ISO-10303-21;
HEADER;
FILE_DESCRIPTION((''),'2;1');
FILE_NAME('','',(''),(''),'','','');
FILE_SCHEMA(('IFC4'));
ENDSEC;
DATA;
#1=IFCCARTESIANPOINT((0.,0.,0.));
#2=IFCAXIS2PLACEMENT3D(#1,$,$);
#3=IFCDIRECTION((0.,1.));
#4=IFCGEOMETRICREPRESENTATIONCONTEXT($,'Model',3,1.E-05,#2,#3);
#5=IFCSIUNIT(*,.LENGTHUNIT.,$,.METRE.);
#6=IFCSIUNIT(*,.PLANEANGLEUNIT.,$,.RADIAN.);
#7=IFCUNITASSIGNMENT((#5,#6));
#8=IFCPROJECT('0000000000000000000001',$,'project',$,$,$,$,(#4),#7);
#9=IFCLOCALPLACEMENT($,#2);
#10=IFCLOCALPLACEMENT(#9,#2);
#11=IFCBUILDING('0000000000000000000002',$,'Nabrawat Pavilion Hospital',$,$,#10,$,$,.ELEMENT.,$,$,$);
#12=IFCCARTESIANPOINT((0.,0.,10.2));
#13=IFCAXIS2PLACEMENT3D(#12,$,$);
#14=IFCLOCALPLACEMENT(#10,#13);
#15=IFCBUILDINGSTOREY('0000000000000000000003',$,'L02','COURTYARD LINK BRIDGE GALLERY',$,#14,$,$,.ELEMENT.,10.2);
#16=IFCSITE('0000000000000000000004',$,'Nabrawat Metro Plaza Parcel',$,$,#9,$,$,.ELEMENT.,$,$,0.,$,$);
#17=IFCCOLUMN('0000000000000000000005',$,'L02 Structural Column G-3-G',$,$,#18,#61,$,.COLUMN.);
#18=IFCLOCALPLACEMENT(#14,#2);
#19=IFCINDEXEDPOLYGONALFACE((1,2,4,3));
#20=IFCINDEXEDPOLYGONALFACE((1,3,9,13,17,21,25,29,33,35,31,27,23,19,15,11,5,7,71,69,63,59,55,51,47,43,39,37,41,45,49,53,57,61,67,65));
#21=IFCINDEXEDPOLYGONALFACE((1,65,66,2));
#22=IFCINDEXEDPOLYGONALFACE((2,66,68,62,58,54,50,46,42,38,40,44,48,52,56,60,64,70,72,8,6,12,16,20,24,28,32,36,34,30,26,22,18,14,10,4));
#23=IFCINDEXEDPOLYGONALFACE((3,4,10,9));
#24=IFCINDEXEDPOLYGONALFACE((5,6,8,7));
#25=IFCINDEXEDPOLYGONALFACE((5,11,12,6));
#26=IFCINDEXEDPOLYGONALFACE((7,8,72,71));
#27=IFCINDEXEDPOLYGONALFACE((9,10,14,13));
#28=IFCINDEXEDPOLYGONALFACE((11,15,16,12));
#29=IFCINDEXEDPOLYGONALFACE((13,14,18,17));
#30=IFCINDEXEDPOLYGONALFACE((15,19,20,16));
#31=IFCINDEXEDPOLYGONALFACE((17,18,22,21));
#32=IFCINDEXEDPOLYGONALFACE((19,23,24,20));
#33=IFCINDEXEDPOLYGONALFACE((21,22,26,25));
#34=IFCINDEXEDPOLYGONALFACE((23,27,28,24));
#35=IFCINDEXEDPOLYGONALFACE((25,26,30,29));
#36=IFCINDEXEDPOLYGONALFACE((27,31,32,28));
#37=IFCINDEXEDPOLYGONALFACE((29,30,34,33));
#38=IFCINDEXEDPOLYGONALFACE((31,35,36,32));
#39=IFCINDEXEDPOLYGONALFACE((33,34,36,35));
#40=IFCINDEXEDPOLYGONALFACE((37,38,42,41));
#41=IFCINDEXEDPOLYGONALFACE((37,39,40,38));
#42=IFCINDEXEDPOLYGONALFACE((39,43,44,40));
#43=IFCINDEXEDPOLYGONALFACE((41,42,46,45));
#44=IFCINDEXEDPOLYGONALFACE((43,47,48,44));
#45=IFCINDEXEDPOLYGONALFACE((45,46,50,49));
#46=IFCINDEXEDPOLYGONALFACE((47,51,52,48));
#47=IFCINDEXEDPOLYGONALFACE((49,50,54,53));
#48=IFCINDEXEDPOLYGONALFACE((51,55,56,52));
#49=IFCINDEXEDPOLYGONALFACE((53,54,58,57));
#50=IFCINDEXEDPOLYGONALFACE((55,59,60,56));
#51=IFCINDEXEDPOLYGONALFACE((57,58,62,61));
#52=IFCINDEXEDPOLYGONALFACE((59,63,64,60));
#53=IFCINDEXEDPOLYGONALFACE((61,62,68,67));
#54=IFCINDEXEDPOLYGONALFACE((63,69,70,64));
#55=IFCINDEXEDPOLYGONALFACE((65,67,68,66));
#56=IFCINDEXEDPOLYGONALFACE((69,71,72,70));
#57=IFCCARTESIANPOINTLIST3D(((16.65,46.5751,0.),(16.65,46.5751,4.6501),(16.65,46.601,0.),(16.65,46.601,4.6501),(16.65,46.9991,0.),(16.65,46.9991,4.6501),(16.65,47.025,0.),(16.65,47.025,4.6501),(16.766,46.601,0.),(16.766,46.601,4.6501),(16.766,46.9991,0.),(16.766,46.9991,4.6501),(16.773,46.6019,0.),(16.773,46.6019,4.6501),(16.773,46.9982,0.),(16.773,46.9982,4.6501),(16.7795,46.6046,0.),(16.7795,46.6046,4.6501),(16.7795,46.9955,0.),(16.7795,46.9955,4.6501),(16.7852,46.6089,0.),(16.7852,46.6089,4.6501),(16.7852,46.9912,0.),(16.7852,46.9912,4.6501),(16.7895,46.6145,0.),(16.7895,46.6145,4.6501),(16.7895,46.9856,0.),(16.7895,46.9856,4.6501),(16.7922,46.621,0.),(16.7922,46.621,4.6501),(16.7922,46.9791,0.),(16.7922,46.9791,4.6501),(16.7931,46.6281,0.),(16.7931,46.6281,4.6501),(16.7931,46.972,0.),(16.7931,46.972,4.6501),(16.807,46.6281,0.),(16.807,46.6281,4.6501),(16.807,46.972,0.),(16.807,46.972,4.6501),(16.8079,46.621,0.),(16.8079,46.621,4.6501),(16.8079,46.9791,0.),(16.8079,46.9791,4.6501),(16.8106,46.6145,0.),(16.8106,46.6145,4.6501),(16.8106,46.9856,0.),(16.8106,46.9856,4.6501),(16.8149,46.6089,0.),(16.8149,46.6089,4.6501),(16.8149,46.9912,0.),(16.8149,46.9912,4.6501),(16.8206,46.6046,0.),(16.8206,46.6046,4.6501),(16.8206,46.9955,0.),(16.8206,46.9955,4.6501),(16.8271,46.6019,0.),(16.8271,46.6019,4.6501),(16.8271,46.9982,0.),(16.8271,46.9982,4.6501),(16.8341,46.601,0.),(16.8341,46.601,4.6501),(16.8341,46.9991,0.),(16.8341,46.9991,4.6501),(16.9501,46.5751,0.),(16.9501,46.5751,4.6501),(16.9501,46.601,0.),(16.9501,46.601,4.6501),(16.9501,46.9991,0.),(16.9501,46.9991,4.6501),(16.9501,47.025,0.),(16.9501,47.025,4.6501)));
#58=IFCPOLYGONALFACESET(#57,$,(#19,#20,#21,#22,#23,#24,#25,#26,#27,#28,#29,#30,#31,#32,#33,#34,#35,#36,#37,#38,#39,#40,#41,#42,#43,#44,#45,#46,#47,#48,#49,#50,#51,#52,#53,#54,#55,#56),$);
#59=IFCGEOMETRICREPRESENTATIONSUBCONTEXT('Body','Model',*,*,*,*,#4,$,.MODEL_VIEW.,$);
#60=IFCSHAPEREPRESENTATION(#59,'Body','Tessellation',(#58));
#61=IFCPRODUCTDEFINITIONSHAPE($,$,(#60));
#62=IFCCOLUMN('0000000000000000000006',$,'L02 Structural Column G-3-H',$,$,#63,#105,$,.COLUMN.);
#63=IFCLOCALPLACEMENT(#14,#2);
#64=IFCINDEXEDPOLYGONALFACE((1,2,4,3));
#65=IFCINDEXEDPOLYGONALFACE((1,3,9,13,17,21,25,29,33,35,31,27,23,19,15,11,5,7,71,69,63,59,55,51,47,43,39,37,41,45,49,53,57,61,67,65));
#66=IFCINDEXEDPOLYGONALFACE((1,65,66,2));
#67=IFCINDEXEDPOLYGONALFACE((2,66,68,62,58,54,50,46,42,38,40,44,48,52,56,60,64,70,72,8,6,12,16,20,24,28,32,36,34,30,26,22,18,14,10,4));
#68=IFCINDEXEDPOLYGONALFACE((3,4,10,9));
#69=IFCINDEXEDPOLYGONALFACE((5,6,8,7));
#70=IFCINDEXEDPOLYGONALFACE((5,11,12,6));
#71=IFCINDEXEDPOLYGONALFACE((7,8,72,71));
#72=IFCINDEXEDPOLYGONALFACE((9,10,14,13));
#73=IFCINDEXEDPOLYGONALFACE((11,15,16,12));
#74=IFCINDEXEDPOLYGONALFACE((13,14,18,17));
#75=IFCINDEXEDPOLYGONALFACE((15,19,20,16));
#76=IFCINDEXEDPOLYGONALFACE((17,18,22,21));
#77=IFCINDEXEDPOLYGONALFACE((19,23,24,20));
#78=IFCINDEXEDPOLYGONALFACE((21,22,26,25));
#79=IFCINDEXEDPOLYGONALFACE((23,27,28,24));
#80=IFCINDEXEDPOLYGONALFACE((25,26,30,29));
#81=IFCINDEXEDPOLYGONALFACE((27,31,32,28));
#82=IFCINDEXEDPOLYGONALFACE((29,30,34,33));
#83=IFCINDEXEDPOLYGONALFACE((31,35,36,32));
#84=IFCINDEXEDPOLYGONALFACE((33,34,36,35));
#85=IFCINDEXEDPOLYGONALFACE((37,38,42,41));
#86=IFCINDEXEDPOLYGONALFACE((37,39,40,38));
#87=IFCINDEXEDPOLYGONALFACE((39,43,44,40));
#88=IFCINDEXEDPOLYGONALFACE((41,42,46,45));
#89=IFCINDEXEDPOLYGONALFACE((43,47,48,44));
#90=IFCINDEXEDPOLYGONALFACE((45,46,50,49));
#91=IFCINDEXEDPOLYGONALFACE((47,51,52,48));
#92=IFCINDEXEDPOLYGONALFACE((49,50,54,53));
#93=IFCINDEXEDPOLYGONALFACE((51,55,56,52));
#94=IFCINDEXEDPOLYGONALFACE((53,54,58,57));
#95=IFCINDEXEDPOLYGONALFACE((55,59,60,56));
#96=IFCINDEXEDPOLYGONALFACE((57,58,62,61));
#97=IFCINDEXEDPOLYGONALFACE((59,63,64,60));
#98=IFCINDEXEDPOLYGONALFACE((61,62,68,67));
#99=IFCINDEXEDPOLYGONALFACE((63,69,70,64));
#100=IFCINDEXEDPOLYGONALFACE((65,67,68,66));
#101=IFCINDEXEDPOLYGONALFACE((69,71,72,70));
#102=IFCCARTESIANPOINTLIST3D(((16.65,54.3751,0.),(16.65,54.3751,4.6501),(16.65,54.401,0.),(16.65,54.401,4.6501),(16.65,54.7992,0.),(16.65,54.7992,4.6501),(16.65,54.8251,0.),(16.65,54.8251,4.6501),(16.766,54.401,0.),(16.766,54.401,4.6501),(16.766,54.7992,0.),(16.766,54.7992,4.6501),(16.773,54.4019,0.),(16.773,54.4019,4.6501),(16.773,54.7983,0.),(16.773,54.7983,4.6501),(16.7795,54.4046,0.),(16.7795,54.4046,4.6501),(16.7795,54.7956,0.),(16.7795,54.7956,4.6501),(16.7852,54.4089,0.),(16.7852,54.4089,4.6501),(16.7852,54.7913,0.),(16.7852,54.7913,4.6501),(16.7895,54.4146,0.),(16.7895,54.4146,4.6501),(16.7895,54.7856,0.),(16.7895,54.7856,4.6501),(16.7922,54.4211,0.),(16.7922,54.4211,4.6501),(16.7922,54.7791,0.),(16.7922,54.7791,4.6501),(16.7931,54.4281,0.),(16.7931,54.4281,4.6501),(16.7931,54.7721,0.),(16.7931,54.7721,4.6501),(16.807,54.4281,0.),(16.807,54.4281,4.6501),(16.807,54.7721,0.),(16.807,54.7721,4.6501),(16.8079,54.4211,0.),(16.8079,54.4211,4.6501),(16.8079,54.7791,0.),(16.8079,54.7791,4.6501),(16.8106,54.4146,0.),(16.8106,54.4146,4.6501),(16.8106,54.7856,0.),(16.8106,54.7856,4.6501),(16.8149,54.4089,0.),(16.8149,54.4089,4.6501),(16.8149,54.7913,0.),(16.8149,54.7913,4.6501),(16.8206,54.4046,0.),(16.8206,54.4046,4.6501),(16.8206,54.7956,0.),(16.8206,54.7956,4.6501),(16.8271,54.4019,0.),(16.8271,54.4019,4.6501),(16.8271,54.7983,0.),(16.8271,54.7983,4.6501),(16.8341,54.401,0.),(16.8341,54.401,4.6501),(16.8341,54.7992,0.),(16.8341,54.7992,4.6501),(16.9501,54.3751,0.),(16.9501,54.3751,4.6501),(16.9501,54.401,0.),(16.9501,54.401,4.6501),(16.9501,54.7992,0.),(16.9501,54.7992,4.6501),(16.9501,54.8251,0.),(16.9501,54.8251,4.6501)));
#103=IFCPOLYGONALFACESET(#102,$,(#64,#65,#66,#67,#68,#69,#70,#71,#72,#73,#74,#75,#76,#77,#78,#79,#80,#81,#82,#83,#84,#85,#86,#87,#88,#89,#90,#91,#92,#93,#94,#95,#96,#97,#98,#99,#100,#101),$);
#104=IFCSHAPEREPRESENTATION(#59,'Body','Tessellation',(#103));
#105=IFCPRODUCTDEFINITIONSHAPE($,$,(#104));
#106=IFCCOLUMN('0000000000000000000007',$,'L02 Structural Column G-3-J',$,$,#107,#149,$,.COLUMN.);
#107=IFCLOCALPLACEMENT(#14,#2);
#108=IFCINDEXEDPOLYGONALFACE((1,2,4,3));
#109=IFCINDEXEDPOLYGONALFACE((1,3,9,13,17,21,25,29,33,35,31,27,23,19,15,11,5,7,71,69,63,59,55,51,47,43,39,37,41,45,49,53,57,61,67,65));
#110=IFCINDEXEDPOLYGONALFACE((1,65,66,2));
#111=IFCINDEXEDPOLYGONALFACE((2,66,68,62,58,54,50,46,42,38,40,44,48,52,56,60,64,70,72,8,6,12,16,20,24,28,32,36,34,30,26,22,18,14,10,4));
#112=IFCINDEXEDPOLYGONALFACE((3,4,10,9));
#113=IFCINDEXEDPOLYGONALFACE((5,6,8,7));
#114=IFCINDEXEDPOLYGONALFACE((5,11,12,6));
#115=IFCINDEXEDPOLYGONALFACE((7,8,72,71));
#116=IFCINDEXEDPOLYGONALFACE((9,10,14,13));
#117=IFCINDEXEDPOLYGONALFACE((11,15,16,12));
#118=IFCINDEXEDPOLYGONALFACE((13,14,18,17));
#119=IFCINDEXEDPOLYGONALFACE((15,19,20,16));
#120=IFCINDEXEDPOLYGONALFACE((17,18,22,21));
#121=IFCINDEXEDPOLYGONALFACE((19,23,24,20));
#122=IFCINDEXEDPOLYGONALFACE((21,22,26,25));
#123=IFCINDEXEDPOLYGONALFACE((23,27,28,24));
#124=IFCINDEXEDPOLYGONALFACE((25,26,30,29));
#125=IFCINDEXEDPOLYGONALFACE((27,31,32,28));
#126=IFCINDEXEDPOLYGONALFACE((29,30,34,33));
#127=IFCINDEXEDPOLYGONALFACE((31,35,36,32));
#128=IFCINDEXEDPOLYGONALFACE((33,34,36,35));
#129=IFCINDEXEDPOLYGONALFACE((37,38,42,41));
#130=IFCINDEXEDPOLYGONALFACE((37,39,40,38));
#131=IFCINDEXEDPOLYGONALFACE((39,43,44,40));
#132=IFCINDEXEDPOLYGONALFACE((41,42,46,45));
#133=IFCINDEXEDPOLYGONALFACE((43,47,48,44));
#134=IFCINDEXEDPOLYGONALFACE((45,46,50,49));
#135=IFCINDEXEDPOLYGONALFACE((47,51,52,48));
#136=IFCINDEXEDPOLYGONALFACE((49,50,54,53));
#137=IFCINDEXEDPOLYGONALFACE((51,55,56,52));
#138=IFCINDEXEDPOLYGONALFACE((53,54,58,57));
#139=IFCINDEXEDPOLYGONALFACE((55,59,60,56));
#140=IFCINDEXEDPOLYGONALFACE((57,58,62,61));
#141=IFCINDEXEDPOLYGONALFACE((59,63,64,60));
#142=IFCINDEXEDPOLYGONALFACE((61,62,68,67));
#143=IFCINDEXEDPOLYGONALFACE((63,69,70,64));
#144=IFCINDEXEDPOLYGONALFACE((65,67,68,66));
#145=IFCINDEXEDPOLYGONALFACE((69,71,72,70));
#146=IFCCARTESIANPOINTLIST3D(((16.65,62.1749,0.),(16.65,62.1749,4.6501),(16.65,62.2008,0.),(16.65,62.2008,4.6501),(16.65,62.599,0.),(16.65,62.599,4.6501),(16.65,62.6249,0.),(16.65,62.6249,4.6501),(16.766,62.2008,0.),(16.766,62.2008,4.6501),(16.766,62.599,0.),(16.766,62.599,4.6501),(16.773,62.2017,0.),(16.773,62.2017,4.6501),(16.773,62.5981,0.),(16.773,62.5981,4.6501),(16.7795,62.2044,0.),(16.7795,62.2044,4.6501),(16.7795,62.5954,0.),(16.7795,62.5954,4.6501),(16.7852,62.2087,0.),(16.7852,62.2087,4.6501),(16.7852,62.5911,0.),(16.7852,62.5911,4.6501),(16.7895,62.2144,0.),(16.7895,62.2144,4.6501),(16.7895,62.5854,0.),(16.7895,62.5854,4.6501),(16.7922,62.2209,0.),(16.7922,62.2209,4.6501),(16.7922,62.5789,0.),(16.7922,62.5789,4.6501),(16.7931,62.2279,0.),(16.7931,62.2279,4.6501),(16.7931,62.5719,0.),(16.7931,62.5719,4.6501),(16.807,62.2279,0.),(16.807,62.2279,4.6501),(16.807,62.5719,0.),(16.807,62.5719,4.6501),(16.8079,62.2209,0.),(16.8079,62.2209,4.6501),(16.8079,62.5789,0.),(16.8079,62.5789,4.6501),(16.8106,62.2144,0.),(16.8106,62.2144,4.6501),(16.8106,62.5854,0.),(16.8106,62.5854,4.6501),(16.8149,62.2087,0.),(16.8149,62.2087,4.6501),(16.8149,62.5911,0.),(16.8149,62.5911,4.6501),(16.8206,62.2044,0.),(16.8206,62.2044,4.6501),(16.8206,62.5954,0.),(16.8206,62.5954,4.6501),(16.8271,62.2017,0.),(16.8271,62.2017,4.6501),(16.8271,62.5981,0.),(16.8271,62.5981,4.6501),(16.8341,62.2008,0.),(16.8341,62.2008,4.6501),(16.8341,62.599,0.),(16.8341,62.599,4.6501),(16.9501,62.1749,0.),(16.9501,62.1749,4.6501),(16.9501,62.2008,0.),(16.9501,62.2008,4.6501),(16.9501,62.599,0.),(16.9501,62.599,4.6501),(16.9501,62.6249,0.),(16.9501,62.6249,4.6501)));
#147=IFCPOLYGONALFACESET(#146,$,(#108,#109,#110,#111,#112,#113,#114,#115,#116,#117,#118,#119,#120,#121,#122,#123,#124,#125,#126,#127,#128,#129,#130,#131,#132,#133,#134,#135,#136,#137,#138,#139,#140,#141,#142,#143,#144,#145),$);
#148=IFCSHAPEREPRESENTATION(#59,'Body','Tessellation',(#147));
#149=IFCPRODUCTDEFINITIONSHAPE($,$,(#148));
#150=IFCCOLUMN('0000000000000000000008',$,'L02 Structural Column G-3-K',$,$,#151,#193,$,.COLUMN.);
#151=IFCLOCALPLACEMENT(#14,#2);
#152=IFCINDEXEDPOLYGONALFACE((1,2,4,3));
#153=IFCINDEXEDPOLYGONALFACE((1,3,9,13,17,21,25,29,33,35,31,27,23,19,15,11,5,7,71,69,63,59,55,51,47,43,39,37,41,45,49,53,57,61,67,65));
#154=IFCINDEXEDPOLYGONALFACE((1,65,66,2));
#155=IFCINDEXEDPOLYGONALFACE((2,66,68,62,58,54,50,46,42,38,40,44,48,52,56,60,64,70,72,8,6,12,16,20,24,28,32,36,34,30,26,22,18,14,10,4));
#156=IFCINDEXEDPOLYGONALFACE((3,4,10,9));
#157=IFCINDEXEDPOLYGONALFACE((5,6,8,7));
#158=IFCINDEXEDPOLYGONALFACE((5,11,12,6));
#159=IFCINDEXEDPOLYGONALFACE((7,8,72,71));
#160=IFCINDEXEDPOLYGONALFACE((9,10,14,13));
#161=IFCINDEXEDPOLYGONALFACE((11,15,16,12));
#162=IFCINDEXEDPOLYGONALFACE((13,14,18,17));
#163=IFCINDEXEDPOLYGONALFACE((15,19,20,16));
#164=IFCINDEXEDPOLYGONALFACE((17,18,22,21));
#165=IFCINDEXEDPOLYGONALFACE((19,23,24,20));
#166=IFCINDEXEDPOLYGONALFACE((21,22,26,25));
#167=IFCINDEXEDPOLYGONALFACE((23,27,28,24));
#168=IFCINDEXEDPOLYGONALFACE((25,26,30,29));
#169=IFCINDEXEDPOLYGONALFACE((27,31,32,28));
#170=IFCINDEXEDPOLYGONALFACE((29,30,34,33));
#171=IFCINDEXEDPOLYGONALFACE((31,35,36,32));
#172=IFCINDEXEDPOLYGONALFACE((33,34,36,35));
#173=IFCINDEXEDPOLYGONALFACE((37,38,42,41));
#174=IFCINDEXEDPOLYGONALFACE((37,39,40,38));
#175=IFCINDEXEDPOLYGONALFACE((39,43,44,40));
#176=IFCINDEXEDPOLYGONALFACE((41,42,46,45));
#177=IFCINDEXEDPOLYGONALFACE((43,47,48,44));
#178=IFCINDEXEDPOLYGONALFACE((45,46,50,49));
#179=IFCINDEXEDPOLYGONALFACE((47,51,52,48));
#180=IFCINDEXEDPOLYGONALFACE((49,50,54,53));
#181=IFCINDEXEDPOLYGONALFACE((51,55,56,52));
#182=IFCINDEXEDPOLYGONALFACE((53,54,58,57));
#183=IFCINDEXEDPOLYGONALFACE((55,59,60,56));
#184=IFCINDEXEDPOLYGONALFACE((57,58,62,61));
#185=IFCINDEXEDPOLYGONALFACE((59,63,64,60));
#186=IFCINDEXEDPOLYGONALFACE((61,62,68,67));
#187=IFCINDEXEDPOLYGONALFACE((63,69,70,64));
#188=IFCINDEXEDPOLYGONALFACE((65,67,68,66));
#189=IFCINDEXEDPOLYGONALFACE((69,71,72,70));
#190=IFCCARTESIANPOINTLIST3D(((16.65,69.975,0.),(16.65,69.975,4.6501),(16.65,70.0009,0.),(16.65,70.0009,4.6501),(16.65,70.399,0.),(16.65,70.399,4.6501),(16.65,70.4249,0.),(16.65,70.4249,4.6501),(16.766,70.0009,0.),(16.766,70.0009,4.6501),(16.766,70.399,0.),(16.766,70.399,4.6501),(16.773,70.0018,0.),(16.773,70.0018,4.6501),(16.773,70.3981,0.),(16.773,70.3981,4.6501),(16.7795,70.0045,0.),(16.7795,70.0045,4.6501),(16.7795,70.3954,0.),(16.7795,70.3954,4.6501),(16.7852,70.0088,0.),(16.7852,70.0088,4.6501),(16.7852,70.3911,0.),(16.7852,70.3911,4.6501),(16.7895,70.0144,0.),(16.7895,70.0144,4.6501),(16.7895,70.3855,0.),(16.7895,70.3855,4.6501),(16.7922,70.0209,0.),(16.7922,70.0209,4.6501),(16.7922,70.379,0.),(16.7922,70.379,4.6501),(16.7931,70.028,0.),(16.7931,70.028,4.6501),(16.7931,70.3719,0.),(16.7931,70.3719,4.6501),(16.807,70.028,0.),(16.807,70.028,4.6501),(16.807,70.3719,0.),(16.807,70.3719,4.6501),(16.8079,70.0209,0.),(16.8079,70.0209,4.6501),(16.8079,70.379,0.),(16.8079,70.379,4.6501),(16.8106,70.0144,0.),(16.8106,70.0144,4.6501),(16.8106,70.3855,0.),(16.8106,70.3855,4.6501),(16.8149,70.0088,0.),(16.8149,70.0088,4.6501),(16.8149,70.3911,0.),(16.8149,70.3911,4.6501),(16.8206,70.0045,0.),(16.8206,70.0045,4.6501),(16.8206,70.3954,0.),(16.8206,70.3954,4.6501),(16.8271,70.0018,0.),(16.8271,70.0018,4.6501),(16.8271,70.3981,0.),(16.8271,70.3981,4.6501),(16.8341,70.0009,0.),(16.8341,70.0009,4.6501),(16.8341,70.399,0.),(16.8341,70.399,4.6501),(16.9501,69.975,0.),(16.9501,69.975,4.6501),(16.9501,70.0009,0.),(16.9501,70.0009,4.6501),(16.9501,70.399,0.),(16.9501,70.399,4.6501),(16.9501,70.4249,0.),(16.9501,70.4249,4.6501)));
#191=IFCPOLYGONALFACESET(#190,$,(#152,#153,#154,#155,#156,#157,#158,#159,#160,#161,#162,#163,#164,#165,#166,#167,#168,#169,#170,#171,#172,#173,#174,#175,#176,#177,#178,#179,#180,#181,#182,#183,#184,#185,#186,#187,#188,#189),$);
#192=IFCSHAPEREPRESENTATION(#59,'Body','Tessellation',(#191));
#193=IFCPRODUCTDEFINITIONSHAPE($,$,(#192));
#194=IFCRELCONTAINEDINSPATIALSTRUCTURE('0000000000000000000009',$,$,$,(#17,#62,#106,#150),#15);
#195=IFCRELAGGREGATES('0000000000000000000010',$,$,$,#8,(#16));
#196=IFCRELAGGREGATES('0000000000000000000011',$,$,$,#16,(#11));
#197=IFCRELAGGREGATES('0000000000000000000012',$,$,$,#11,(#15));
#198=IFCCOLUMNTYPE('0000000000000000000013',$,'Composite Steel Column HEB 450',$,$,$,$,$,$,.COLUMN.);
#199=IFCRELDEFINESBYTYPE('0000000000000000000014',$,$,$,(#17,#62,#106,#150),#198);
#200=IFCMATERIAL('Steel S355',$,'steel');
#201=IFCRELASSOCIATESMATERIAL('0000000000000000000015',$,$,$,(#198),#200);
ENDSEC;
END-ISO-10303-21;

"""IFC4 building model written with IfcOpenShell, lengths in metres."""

from ifc_helpers import new_model, si_unit, direction, frame, origin, origin_2d, place, context, subcontext, project, spatial, i_section, extrude, material, material_profile, profile_set, type_object, element, save


model = new_model("IFC4")

# Units and contexts
model_context = context("Model", 3, precision=1e-05, world=origin(), true_north=direction((0.0, 1.0)))
body_context = subcontext(model_context, "Body", "Model", "MODEL_VIEW")
ifc_project = project(units=[si_unit("LENGTHUNIT", "METRE"), si_unit("PLANEANGLEUNIT", "RADIAN")], contexts=[model_context])

# Site, building, storey
site_placement = place(None, origin())
site = spatial("IfcSite", under=ifc_project, at=site_placement, Name="Nabrawat Metro Plaza Parcel", CompositionType="ELEMENT", RefElevation=0.0)
building_placement = place(site_placement, origin())
building = spatial("IfcBuilding", under=site, at=building_placement, Name="Nabrawat Pavilion Hospital", CompositionType="ELEMENT")
storey_placement = place(building_placement, frame((0.0, 0.0, 10.2)))
storey = spatial("IfcBuildingStorey", under=building, at=storey_placement, Name="L02", Description="COURTYARD LINK BRIDGE GALLERY", CompositionType="ELEMENT", Elevation=10.2)

# Columns
ifc_material = material(Name="Steel S355", Category="steel")
ifc_material_profile_1 = material_profile(ifc_material, i_section(OverallWidth=0.3, OverallDepth=0.45, WebThickness=0.0139, FlangeThickness=0.0259, FilletRadius=0.0271, at=origin_2d()), Name="HEB 450")
ifc_profile_set_1 = profile_set([ifc_material_profile_1], Name="Steel S355")
column_type = type_object("IfcColumnType", Name="Composite Steel Column HEB 450", PredefinedType="COLUMN", material=ifc_profile_set_1)
for number, where, z_axis, x_axis, name in (
    (1, (16.8, 46.8, 0.0), (0.0, 0.0, 1.0), (1.0, 0.0, 0.0), "L02 Structural Column G-3-G"),
    (2, (16.8, 54.6001, 0.0), (0.0, 0.0, 1.0), (1.0, 0.0, 0.0), "L02 Structural Column G-3-H"),
    (3, (16.8, 62.3999, 0.0), (0.0, 0.0, 1.0), (1.0, 0.0, 0.0), "L02 Structural Column G-3-J"),
    (4, (16.8, 70.2, 0.0), (0.0, 0.0, 1.0), (1.0, 0.0, 0.0), "L02 Structural Column G-3-K"),
):
    element("IfcColumn", number, at=place(storey_placement, frame(where, z_axis=z_axis, x_axis=x_axis)), inside=storey, type_object=column_type, Name=name, PredefinedType="COLUMN", context=body_context, shape_type="SweptSolid", body=[
        extrude(i_section(OverallWidth=0.3, OverallDepth=0.45, WebThickness=0.0139, FlangeThickness=0.0259, FilletRadius=0.0271, at=origin_2d()), origin(), (0.0, 0.0, 1.0), 4.6501),
    ])

save(model, "model.ifc")
